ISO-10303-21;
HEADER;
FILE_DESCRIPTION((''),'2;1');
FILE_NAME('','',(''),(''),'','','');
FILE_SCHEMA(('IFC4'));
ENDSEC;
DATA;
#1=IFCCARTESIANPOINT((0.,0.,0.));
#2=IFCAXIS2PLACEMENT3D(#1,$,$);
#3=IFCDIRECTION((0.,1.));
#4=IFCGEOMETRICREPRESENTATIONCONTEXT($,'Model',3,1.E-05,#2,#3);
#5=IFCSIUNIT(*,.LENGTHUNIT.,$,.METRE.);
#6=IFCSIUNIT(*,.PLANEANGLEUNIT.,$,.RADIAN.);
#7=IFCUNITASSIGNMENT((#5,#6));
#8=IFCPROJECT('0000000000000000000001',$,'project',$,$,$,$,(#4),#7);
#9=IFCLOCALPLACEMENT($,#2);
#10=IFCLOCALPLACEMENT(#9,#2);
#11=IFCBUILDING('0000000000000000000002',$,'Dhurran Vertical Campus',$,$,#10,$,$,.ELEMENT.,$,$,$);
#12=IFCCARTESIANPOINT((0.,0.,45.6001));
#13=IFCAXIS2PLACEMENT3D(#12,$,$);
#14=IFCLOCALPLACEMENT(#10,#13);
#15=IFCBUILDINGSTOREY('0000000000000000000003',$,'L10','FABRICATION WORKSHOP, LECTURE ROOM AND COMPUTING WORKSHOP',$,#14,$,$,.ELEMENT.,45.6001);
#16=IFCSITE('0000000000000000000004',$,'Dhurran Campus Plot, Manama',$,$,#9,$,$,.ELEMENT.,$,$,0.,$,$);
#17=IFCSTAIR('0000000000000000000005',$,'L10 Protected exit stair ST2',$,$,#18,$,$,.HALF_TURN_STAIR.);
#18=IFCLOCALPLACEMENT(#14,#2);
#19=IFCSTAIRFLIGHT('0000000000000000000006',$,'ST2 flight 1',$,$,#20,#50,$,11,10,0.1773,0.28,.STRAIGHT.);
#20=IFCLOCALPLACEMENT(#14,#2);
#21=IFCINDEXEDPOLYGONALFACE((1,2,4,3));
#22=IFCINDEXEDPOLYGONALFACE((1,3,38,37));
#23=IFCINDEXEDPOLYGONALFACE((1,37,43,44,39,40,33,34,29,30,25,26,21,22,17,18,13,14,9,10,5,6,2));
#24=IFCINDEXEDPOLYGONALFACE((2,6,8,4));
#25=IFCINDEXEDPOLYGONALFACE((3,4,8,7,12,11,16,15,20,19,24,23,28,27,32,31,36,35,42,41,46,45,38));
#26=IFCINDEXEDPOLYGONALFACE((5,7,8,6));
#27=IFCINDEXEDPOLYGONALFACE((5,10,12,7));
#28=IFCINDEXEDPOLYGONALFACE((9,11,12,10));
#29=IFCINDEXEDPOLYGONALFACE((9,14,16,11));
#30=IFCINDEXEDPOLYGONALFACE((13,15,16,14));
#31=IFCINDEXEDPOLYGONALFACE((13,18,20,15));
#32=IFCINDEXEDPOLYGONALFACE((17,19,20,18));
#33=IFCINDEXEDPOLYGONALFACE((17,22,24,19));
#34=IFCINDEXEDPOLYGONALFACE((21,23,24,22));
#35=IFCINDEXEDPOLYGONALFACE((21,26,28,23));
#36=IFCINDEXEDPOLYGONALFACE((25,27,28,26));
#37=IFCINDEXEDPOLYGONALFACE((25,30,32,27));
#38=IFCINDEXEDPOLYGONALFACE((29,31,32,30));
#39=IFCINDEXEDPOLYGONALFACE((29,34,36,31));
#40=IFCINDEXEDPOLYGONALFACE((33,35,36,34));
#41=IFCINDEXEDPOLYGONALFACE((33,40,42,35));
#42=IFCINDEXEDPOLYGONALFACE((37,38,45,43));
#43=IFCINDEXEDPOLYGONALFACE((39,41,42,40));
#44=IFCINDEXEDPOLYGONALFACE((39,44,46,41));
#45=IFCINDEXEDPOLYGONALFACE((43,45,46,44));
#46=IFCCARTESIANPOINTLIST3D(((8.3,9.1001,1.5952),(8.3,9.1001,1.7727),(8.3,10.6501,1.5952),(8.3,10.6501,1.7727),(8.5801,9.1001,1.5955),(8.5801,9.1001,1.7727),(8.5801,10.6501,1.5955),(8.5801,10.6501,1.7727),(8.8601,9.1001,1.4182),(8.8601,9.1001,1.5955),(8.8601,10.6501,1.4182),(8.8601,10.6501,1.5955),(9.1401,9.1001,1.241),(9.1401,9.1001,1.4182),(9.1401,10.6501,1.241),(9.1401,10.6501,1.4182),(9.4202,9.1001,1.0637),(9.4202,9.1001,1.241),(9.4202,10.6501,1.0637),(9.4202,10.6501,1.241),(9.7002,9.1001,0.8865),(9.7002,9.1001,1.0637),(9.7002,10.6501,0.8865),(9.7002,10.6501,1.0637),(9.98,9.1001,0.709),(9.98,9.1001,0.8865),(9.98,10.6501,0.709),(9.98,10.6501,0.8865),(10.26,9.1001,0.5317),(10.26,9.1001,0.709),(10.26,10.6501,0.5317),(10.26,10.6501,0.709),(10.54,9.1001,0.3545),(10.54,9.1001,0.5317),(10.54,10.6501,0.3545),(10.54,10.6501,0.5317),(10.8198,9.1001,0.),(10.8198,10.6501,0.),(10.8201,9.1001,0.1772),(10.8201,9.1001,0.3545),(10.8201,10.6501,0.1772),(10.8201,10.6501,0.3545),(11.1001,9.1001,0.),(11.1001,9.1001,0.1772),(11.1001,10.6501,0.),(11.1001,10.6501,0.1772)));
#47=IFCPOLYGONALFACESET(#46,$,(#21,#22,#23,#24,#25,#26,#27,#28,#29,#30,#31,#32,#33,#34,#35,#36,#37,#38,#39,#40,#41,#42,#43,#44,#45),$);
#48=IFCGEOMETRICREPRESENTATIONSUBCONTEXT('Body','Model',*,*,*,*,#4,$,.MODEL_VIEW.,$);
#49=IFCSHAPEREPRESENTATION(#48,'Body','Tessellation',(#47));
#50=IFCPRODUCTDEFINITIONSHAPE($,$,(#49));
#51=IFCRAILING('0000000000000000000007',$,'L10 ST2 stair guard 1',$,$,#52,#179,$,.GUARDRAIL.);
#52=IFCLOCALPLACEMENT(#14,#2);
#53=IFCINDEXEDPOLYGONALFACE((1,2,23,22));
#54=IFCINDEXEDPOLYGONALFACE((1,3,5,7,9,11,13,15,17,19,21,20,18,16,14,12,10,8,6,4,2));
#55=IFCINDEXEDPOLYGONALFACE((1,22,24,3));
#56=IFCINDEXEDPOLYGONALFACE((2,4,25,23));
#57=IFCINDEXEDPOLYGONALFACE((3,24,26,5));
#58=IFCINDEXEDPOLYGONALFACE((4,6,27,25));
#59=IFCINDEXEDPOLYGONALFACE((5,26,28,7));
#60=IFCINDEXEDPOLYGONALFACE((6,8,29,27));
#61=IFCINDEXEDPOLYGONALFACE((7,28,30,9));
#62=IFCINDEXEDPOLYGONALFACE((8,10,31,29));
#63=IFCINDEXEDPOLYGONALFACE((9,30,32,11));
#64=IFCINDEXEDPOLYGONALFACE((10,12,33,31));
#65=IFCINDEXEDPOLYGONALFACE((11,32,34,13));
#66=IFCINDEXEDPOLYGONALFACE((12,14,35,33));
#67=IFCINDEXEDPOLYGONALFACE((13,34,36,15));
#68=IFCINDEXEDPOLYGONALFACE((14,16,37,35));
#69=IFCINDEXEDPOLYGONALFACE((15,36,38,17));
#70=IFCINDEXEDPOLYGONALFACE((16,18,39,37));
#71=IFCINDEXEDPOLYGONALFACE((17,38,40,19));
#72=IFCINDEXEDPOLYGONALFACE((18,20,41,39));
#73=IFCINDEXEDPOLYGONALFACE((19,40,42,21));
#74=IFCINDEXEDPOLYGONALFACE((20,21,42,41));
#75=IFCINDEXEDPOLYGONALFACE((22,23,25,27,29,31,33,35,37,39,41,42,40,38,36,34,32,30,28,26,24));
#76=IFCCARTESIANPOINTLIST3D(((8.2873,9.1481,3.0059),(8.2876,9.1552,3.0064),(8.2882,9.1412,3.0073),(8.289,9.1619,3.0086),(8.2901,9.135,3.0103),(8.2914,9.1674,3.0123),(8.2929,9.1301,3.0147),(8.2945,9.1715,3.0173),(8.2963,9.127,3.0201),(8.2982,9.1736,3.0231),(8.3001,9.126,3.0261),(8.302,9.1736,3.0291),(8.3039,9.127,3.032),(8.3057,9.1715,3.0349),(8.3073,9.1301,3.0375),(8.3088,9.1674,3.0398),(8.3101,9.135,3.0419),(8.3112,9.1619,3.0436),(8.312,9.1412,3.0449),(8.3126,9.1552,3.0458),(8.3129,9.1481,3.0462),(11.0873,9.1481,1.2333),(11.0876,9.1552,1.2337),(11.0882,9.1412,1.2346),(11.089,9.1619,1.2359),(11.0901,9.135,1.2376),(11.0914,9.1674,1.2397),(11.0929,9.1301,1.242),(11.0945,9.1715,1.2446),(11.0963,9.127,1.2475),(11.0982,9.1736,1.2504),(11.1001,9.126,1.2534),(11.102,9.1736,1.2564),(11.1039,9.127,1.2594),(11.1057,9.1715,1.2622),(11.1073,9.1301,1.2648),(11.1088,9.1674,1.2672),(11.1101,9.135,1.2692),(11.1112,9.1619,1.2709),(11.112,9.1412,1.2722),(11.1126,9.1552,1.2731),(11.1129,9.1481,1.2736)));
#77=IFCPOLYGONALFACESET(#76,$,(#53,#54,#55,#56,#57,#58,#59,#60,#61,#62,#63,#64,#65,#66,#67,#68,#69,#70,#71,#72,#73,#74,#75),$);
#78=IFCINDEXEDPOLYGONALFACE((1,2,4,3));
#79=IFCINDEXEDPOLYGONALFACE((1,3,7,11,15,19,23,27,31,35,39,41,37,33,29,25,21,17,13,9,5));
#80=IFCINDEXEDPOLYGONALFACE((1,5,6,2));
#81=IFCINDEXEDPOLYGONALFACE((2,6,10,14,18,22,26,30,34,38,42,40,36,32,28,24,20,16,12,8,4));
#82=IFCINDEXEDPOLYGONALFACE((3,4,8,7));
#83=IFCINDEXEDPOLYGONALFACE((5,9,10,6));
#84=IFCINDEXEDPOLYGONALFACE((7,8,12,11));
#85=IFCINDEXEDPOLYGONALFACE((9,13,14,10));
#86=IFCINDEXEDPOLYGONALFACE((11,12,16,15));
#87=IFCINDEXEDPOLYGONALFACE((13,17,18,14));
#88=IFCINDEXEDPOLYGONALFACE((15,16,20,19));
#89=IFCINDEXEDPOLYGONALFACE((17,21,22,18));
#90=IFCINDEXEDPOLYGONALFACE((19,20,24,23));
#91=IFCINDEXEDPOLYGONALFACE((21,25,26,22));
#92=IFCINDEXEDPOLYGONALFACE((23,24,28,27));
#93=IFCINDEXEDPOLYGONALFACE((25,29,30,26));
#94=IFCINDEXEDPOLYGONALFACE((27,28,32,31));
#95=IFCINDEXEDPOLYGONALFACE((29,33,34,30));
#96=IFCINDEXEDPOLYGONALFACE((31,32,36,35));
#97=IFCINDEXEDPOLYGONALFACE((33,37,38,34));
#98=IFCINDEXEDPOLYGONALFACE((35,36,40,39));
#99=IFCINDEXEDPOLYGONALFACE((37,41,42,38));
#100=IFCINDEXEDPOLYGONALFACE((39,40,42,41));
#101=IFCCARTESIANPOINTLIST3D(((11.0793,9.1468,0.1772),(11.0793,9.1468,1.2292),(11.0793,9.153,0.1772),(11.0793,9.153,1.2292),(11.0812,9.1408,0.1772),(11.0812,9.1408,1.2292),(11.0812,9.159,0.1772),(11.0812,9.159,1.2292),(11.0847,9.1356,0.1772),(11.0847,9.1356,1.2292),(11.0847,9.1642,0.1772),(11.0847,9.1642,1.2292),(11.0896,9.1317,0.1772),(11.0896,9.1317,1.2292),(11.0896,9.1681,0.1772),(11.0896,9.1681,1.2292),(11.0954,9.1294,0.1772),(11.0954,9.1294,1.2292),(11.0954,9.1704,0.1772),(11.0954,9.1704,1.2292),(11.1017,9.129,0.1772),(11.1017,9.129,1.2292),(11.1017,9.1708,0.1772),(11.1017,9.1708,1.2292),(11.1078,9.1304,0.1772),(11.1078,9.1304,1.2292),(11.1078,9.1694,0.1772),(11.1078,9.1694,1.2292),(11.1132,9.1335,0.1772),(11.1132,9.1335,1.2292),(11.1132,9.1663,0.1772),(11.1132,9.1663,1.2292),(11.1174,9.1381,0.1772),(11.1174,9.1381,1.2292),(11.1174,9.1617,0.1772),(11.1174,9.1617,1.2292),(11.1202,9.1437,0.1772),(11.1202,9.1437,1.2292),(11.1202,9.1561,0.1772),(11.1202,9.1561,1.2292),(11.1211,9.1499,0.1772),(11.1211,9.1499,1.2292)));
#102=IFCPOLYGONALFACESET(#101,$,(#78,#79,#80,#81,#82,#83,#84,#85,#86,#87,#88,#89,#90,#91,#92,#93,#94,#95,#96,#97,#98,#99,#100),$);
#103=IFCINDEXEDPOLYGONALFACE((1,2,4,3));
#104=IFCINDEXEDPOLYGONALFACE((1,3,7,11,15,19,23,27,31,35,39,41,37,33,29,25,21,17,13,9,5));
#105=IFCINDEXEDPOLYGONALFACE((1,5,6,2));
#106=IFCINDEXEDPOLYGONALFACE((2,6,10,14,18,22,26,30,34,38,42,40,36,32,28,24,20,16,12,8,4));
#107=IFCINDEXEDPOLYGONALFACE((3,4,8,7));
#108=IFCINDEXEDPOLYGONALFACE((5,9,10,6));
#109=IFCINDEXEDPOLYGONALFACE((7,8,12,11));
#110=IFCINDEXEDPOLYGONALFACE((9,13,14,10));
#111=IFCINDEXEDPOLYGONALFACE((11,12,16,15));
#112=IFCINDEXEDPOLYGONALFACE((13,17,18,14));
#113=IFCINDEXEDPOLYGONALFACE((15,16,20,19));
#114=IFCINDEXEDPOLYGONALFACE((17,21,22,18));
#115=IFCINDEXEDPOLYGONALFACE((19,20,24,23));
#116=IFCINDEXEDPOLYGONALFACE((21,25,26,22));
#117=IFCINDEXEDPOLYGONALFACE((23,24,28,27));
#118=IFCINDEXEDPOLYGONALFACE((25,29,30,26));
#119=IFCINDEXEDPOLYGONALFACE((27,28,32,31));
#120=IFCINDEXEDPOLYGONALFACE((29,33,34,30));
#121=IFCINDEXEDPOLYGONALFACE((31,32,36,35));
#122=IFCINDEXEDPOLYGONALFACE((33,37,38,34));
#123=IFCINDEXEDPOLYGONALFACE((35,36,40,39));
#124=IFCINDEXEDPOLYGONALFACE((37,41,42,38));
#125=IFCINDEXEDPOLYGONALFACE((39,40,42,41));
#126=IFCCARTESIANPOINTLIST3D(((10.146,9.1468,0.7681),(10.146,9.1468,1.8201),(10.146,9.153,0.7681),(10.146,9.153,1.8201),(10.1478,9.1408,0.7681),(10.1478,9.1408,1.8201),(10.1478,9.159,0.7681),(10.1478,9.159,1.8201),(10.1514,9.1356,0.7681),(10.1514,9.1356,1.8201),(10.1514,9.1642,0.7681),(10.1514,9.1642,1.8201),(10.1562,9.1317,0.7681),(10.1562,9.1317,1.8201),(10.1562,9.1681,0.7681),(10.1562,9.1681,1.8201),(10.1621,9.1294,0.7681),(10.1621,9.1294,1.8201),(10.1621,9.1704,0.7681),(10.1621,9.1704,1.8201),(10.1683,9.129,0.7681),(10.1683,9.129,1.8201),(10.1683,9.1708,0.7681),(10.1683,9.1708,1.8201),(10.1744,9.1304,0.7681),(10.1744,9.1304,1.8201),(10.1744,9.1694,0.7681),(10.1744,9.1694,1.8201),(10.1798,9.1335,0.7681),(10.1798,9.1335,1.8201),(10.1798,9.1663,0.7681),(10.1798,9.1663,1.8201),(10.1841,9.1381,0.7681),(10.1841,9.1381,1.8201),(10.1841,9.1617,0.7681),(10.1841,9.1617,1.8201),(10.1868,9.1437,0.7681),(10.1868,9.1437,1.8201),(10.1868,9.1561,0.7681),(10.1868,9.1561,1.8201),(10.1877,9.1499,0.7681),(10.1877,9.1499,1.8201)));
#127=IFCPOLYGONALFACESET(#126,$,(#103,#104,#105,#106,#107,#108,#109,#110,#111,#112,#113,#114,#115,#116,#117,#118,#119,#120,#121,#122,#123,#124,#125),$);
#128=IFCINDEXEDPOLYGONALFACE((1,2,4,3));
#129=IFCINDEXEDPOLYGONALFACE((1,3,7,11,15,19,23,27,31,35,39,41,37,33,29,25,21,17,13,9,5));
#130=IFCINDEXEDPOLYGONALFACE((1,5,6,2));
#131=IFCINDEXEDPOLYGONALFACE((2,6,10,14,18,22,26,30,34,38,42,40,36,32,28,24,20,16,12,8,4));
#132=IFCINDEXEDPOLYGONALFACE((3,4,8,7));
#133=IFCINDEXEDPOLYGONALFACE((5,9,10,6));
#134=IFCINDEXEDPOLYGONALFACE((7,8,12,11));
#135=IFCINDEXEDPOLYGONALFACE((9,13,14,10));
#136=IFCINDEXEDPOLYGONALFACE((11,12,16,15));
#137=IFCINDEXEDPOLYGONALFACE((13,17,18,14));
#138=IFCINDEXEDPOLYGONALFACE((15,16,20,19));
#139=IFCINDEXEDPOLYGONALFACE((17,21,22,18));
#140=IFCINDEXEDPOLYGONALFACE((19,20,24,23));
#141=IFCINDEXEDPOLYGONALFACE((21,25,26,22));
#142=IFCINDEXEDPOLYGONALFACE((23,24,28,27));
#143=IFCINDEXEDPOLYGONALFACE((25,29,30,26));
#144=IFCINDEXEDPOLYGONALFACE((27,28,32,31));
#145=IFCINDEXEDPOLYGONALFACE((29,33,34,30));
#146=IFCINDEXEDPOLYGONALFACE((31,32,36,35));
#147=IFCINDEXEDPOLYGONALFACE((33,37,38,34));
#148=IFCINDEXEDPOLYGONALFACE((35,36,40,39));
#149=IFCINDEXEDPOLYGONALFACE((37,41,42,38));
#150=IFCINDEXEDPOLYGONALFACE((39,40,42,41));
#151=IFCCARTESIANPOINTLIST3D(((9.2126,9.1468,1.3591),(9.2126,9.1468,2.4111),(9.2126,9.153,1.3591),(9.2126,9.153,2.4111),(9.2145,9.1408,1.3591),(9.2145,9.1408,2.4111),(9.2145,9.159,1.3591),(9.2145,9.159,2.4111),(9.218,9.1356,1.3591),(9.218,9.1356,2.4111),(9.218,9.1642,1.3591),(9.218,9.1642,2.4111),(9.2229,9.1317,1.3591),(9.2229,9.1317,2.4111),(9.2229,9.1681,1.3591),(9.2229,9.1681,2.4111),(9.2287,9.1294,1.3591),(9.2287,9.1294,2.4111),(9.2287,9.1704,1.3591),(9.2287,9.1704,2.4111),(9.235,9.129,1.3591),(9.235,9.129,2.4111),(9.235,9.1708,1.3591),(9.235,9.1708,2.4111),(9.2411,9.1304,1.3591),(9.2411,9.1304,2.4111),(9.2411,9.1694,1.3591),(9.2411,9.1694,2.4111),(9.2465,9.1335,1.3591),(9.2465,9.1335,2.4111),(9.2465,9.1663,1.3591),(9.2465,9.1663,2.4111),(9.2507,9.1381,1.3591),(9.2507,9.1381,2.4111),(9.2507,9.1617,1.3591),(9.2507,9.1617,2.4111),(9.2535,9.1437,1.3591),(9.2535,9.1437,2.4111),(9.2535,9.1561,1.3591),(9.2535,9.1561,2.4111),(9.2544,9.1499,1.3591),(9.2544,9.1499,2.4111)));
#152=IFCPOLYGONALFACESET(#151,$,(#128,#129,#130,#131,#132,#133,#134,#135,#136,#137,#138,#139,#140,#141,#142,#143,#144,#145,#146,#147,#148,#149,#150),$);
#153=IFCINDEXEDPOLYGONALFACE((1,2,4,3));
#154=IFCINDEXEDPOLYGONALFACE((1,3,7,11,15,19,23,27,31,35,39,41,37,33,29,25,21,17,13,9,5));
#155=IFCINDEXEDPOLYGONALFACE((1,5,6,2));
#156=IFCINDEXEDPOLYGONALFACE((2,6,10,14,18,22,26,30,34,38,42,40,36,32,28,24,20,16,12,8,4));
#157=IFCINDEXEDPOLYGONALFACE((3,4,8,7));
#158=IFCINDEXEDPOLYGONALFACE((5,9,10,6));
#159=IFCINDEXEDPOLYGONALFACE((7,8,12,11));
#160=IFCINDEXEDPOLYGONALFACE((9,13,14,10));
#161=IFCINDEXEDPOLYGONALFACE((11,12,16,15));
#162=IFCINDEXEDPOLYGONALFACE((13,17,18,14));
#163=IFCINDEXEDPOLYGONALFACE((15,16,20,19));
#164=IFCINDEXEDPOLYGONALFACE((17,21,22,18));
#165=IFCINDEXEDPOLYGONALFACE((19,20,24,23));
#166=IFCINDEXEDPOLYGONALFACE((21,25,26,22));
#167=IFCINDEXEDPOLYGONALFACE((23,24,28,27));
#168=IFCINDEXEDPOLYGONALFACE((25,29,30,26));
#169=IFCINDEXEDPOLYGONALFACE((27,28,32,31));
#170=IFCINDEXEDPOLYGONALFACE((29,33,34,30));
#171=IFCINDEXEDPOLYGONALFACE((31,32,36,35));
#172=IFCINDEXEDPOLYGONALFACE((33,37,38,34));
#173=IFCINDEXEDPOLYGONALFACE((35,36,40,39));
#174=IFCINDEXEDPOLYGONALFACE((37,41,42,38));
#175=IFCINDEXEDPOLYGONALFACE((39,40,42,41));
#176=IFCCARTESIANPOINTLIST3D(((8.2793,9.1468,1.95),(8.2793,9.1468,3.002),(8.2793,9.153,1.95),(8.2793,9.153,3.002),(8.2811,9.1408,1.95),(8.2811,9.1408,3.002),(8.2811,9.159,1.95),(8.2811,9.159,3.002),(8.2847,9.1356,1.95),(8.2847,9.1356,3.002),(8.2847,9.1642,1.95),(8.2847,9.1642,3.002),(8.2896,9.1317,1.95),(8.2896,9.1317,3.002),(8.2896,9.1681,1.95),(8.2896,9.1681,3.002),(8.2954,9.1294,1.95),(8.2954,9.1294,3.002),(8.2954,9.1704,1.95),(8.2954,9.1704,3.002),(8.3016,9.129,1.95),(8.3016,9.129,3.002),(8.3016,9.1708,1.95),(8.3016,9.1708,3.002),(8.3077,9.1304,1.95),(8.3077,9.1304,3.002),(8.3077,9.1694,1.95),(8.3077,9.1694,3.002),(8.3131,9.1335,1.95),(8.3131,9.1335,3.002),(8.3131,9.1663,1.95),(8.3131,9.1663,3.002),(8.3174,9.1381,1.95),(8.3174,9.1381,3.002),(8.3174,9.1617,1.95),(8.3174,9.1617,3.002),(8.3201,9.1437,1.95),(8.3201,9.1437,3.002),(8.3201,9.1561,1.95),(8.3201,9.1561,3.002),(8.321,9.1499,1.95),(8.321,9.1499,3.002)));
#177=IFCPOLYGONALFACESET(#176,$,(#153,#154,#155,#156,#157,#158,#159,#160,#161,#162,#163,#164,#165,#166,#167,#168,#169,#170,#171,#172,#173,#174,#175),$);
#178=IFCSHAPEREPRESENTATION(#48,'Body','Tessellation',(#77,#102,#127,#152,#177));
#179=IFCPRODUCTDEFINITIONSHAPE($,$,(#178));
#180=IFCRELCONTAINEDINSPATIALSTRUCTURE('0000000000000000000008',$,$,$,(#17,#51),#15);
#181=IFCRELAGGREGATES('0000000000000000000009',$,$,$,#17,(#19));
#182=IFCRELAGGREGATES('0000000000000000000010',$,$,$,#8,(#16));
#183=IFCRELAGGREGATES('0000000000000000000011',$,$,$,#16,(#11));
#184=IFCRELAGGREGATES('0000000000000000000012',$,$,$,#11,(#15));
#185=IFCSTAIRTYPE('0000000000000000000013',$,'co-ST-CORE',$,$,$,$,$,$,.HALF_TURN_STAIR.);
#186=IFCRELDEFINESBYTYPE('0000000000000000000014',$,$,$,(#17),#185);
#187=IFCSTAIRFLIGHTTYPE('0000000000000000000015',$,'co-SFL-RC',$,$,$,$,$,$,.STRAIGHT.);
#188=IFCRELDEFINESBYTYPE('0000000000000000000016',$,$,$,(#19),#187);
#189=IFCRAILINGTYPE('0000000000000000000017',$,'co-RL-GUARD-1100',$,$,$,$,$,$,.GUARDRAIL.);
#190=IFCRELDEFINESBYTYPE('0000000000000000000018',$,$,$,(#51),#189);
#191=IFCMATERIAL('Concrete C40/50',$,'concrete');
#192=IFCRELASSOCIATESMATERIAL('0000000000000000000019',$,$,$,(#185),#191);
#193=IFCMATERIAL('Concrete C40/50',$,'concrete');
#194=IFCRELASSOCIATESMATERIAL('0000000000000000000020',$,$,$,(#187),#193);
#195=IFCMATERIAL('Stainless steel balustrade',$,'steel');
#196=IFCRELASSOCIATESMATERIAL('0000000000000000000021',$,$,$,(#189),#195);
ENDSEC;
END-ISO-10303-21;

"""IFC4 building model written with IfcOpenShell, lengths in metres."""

from ifc_helpers import new_model, si_unit, direction, frame, origin, origin_2d, place, context, subcontext, project, spatial, polyline, circle, outline, extrude, material, type_object, element, aggregate, save


model = new_model("IFC4")

# Units and contexts
model_context = context("Model", 3, precision=1e-05, world=origin(), true_north=direction((0.0, 1.0)))
body_context = subcontext(model_context, "Body", "Model", "MODEL_VIEW")
ifc_project = project(units=[si_unit("LENGTHUNIT", "METRE"), si_unit("PLANEANGLEUNIT", "RADIAN")], contexts=[model_context])

# Site, building, storey
site_placement = place(None, origin())
site = spatial("IfcSite", under=ifc_project, at=site_placement, Name="Dhurran Campus Plot, Manama", CompositionType="ELEMENT", RefElevation=0.0)
building_placement = place(site_placement, origin())
building = spatial("IfcBuilding", under=site, at=building_placement, Name="Dhurran Vertical Campus", CompositionType="ELEMENT")
storey_placement = place(building_placement, frame((0.0, 0.0, 45.6001)))
storey = spatial("IfcBuildingStorey", under=building, at=storey_placement, Name="L10", Description="FABRICATION WORKSHOP, LECTURE ROOM AND COMPUTING WORKSHOP", CompositionType="ELEMENT", Elevation=45.6001)

# Stair, stair flight
ifc_material_1 = material(Name="Concrete C40/50", Category="concrete")
stair_type = type_object("IfcStairType", Name="co-ST-CORE", PredefinedType="HALF_TURN_STAIR", material=ifc_material_1)
stair_placement = place(storey_placement, origin())
stair = element("IfcStair", 1, at=stair_placement, inside=storey, type_object=stair_type, Name="L10 Protected exit stair ST2", PredefinedType="HALF_TURN_STAIR")
ifc_material_2 = material(Name="Concrete C40/50", Category="concrete")
stair_flight_type = type_object("IfcStairFlightType", Name="co-SFL-RC", PredefinedType="STRAIGHT", material=ifc_material_2)
stair_flight_placement = place(storey_placement, frame((11.1001, 9.875, 0.0), z_axis=(0.0, 0.0, 1.0), x_axis=(-1.0, 0.0, 0.0)))
stair_flight = element("IfcStairFlight", 2, at=stair_flight_placement, type_object=stair_flight_type, Name="ST2 flight 1", NumberOfRisers=11, NumberOfTreads=10, PredefinedType="STRAIGHT", RiserHeight=0.1773, TreadLength=0.28, context=body_context, shape_type="SweptSolid", body=[
    extrude(outline(polyline([(0.0, 0.0), (0.0, 0.1772), (0.28, 0.1772), (0.28, 0.3545), (0.5601, 0.3545), (0.5601, 0.5317), (0.8401, 0.5317), (0.8401, 0.709), (1.1201, 0.709), (1.1201, 0.8865), (1.3999, 0.8865), (1.3999, 1.0637), (1.6799, 1.0637), (1.6799, 1.241), (1.96, 1.241), (1.96, 1.4182), (2.24, 1.4182), (2.24, 1.5955), (2.52, 1.5955), (2.52, 1.7727), (2.8, 1.7727), (2.8, 1.95), (2.8, 1.5952), (0.2803, 0.0), (0.0, 0.0)])), frame((0.0, 0.7749, 0.0), z_axis=(0.0, -1.0, 0.0), x_axis=(1.0, 0.0, 0.0)), (0.0, 0.0, 1.0), 1.55),
])
aggregate(stair, [stair_flight])

# Railing
ifc_material_3 = material(Name="Stainless steel balustrade", Category="steel")
railing_type_1 = type_object("IfcRailingType", Name="co-RL-GUARD-1100", PredefinedType="GUARDRAIL", material=ifc_material_3)
railing_1_placement = place(storey_placement, frame((11.1001, 9.1499, 0.1772)))
element("IfcRailing", 3, at=railing_1_placement, inside=storey, type_object=railing_type_1, Name="L10 ST2 stair guard 1", PredefinedType="GUARDRAIL", context=body_context, shape_type="SweptSolid", body=[
    extrude(circle(Radius=0.0239, at=origin_2d()), frame((0.0, 0.0, 1.0762), z_axis=(-0.844909, 0.0, 0.53491), x_axis=(0.0, -1.0, 0.0)), (0.0, 0.0, 1.0), 3.314),
    extrude(circle(Radius=0.021, at=origin_2d()), origin(), (0.0, 0.0, 1.0), 1.052),
    extrude(circle(Radius=0.021, at=origin_2d()), frame((-0.9333, 0.0, 0.5908)), (0.0, 0.0, 1.0), 1.052),
    extrude(circle(Radius=0.021, at=origin_2d()), frame((-1.8667, 0.0, 1.1819)), (0.0, 0.0, 1.0), 1.052),
    extrude(circle(Radius=0.021, at=origin_2d()), frame((-2.8, 0.0, 1.7727)), (0.0, 0.0, 1.0), 1.052),
])

save(model, "model.ifc")
